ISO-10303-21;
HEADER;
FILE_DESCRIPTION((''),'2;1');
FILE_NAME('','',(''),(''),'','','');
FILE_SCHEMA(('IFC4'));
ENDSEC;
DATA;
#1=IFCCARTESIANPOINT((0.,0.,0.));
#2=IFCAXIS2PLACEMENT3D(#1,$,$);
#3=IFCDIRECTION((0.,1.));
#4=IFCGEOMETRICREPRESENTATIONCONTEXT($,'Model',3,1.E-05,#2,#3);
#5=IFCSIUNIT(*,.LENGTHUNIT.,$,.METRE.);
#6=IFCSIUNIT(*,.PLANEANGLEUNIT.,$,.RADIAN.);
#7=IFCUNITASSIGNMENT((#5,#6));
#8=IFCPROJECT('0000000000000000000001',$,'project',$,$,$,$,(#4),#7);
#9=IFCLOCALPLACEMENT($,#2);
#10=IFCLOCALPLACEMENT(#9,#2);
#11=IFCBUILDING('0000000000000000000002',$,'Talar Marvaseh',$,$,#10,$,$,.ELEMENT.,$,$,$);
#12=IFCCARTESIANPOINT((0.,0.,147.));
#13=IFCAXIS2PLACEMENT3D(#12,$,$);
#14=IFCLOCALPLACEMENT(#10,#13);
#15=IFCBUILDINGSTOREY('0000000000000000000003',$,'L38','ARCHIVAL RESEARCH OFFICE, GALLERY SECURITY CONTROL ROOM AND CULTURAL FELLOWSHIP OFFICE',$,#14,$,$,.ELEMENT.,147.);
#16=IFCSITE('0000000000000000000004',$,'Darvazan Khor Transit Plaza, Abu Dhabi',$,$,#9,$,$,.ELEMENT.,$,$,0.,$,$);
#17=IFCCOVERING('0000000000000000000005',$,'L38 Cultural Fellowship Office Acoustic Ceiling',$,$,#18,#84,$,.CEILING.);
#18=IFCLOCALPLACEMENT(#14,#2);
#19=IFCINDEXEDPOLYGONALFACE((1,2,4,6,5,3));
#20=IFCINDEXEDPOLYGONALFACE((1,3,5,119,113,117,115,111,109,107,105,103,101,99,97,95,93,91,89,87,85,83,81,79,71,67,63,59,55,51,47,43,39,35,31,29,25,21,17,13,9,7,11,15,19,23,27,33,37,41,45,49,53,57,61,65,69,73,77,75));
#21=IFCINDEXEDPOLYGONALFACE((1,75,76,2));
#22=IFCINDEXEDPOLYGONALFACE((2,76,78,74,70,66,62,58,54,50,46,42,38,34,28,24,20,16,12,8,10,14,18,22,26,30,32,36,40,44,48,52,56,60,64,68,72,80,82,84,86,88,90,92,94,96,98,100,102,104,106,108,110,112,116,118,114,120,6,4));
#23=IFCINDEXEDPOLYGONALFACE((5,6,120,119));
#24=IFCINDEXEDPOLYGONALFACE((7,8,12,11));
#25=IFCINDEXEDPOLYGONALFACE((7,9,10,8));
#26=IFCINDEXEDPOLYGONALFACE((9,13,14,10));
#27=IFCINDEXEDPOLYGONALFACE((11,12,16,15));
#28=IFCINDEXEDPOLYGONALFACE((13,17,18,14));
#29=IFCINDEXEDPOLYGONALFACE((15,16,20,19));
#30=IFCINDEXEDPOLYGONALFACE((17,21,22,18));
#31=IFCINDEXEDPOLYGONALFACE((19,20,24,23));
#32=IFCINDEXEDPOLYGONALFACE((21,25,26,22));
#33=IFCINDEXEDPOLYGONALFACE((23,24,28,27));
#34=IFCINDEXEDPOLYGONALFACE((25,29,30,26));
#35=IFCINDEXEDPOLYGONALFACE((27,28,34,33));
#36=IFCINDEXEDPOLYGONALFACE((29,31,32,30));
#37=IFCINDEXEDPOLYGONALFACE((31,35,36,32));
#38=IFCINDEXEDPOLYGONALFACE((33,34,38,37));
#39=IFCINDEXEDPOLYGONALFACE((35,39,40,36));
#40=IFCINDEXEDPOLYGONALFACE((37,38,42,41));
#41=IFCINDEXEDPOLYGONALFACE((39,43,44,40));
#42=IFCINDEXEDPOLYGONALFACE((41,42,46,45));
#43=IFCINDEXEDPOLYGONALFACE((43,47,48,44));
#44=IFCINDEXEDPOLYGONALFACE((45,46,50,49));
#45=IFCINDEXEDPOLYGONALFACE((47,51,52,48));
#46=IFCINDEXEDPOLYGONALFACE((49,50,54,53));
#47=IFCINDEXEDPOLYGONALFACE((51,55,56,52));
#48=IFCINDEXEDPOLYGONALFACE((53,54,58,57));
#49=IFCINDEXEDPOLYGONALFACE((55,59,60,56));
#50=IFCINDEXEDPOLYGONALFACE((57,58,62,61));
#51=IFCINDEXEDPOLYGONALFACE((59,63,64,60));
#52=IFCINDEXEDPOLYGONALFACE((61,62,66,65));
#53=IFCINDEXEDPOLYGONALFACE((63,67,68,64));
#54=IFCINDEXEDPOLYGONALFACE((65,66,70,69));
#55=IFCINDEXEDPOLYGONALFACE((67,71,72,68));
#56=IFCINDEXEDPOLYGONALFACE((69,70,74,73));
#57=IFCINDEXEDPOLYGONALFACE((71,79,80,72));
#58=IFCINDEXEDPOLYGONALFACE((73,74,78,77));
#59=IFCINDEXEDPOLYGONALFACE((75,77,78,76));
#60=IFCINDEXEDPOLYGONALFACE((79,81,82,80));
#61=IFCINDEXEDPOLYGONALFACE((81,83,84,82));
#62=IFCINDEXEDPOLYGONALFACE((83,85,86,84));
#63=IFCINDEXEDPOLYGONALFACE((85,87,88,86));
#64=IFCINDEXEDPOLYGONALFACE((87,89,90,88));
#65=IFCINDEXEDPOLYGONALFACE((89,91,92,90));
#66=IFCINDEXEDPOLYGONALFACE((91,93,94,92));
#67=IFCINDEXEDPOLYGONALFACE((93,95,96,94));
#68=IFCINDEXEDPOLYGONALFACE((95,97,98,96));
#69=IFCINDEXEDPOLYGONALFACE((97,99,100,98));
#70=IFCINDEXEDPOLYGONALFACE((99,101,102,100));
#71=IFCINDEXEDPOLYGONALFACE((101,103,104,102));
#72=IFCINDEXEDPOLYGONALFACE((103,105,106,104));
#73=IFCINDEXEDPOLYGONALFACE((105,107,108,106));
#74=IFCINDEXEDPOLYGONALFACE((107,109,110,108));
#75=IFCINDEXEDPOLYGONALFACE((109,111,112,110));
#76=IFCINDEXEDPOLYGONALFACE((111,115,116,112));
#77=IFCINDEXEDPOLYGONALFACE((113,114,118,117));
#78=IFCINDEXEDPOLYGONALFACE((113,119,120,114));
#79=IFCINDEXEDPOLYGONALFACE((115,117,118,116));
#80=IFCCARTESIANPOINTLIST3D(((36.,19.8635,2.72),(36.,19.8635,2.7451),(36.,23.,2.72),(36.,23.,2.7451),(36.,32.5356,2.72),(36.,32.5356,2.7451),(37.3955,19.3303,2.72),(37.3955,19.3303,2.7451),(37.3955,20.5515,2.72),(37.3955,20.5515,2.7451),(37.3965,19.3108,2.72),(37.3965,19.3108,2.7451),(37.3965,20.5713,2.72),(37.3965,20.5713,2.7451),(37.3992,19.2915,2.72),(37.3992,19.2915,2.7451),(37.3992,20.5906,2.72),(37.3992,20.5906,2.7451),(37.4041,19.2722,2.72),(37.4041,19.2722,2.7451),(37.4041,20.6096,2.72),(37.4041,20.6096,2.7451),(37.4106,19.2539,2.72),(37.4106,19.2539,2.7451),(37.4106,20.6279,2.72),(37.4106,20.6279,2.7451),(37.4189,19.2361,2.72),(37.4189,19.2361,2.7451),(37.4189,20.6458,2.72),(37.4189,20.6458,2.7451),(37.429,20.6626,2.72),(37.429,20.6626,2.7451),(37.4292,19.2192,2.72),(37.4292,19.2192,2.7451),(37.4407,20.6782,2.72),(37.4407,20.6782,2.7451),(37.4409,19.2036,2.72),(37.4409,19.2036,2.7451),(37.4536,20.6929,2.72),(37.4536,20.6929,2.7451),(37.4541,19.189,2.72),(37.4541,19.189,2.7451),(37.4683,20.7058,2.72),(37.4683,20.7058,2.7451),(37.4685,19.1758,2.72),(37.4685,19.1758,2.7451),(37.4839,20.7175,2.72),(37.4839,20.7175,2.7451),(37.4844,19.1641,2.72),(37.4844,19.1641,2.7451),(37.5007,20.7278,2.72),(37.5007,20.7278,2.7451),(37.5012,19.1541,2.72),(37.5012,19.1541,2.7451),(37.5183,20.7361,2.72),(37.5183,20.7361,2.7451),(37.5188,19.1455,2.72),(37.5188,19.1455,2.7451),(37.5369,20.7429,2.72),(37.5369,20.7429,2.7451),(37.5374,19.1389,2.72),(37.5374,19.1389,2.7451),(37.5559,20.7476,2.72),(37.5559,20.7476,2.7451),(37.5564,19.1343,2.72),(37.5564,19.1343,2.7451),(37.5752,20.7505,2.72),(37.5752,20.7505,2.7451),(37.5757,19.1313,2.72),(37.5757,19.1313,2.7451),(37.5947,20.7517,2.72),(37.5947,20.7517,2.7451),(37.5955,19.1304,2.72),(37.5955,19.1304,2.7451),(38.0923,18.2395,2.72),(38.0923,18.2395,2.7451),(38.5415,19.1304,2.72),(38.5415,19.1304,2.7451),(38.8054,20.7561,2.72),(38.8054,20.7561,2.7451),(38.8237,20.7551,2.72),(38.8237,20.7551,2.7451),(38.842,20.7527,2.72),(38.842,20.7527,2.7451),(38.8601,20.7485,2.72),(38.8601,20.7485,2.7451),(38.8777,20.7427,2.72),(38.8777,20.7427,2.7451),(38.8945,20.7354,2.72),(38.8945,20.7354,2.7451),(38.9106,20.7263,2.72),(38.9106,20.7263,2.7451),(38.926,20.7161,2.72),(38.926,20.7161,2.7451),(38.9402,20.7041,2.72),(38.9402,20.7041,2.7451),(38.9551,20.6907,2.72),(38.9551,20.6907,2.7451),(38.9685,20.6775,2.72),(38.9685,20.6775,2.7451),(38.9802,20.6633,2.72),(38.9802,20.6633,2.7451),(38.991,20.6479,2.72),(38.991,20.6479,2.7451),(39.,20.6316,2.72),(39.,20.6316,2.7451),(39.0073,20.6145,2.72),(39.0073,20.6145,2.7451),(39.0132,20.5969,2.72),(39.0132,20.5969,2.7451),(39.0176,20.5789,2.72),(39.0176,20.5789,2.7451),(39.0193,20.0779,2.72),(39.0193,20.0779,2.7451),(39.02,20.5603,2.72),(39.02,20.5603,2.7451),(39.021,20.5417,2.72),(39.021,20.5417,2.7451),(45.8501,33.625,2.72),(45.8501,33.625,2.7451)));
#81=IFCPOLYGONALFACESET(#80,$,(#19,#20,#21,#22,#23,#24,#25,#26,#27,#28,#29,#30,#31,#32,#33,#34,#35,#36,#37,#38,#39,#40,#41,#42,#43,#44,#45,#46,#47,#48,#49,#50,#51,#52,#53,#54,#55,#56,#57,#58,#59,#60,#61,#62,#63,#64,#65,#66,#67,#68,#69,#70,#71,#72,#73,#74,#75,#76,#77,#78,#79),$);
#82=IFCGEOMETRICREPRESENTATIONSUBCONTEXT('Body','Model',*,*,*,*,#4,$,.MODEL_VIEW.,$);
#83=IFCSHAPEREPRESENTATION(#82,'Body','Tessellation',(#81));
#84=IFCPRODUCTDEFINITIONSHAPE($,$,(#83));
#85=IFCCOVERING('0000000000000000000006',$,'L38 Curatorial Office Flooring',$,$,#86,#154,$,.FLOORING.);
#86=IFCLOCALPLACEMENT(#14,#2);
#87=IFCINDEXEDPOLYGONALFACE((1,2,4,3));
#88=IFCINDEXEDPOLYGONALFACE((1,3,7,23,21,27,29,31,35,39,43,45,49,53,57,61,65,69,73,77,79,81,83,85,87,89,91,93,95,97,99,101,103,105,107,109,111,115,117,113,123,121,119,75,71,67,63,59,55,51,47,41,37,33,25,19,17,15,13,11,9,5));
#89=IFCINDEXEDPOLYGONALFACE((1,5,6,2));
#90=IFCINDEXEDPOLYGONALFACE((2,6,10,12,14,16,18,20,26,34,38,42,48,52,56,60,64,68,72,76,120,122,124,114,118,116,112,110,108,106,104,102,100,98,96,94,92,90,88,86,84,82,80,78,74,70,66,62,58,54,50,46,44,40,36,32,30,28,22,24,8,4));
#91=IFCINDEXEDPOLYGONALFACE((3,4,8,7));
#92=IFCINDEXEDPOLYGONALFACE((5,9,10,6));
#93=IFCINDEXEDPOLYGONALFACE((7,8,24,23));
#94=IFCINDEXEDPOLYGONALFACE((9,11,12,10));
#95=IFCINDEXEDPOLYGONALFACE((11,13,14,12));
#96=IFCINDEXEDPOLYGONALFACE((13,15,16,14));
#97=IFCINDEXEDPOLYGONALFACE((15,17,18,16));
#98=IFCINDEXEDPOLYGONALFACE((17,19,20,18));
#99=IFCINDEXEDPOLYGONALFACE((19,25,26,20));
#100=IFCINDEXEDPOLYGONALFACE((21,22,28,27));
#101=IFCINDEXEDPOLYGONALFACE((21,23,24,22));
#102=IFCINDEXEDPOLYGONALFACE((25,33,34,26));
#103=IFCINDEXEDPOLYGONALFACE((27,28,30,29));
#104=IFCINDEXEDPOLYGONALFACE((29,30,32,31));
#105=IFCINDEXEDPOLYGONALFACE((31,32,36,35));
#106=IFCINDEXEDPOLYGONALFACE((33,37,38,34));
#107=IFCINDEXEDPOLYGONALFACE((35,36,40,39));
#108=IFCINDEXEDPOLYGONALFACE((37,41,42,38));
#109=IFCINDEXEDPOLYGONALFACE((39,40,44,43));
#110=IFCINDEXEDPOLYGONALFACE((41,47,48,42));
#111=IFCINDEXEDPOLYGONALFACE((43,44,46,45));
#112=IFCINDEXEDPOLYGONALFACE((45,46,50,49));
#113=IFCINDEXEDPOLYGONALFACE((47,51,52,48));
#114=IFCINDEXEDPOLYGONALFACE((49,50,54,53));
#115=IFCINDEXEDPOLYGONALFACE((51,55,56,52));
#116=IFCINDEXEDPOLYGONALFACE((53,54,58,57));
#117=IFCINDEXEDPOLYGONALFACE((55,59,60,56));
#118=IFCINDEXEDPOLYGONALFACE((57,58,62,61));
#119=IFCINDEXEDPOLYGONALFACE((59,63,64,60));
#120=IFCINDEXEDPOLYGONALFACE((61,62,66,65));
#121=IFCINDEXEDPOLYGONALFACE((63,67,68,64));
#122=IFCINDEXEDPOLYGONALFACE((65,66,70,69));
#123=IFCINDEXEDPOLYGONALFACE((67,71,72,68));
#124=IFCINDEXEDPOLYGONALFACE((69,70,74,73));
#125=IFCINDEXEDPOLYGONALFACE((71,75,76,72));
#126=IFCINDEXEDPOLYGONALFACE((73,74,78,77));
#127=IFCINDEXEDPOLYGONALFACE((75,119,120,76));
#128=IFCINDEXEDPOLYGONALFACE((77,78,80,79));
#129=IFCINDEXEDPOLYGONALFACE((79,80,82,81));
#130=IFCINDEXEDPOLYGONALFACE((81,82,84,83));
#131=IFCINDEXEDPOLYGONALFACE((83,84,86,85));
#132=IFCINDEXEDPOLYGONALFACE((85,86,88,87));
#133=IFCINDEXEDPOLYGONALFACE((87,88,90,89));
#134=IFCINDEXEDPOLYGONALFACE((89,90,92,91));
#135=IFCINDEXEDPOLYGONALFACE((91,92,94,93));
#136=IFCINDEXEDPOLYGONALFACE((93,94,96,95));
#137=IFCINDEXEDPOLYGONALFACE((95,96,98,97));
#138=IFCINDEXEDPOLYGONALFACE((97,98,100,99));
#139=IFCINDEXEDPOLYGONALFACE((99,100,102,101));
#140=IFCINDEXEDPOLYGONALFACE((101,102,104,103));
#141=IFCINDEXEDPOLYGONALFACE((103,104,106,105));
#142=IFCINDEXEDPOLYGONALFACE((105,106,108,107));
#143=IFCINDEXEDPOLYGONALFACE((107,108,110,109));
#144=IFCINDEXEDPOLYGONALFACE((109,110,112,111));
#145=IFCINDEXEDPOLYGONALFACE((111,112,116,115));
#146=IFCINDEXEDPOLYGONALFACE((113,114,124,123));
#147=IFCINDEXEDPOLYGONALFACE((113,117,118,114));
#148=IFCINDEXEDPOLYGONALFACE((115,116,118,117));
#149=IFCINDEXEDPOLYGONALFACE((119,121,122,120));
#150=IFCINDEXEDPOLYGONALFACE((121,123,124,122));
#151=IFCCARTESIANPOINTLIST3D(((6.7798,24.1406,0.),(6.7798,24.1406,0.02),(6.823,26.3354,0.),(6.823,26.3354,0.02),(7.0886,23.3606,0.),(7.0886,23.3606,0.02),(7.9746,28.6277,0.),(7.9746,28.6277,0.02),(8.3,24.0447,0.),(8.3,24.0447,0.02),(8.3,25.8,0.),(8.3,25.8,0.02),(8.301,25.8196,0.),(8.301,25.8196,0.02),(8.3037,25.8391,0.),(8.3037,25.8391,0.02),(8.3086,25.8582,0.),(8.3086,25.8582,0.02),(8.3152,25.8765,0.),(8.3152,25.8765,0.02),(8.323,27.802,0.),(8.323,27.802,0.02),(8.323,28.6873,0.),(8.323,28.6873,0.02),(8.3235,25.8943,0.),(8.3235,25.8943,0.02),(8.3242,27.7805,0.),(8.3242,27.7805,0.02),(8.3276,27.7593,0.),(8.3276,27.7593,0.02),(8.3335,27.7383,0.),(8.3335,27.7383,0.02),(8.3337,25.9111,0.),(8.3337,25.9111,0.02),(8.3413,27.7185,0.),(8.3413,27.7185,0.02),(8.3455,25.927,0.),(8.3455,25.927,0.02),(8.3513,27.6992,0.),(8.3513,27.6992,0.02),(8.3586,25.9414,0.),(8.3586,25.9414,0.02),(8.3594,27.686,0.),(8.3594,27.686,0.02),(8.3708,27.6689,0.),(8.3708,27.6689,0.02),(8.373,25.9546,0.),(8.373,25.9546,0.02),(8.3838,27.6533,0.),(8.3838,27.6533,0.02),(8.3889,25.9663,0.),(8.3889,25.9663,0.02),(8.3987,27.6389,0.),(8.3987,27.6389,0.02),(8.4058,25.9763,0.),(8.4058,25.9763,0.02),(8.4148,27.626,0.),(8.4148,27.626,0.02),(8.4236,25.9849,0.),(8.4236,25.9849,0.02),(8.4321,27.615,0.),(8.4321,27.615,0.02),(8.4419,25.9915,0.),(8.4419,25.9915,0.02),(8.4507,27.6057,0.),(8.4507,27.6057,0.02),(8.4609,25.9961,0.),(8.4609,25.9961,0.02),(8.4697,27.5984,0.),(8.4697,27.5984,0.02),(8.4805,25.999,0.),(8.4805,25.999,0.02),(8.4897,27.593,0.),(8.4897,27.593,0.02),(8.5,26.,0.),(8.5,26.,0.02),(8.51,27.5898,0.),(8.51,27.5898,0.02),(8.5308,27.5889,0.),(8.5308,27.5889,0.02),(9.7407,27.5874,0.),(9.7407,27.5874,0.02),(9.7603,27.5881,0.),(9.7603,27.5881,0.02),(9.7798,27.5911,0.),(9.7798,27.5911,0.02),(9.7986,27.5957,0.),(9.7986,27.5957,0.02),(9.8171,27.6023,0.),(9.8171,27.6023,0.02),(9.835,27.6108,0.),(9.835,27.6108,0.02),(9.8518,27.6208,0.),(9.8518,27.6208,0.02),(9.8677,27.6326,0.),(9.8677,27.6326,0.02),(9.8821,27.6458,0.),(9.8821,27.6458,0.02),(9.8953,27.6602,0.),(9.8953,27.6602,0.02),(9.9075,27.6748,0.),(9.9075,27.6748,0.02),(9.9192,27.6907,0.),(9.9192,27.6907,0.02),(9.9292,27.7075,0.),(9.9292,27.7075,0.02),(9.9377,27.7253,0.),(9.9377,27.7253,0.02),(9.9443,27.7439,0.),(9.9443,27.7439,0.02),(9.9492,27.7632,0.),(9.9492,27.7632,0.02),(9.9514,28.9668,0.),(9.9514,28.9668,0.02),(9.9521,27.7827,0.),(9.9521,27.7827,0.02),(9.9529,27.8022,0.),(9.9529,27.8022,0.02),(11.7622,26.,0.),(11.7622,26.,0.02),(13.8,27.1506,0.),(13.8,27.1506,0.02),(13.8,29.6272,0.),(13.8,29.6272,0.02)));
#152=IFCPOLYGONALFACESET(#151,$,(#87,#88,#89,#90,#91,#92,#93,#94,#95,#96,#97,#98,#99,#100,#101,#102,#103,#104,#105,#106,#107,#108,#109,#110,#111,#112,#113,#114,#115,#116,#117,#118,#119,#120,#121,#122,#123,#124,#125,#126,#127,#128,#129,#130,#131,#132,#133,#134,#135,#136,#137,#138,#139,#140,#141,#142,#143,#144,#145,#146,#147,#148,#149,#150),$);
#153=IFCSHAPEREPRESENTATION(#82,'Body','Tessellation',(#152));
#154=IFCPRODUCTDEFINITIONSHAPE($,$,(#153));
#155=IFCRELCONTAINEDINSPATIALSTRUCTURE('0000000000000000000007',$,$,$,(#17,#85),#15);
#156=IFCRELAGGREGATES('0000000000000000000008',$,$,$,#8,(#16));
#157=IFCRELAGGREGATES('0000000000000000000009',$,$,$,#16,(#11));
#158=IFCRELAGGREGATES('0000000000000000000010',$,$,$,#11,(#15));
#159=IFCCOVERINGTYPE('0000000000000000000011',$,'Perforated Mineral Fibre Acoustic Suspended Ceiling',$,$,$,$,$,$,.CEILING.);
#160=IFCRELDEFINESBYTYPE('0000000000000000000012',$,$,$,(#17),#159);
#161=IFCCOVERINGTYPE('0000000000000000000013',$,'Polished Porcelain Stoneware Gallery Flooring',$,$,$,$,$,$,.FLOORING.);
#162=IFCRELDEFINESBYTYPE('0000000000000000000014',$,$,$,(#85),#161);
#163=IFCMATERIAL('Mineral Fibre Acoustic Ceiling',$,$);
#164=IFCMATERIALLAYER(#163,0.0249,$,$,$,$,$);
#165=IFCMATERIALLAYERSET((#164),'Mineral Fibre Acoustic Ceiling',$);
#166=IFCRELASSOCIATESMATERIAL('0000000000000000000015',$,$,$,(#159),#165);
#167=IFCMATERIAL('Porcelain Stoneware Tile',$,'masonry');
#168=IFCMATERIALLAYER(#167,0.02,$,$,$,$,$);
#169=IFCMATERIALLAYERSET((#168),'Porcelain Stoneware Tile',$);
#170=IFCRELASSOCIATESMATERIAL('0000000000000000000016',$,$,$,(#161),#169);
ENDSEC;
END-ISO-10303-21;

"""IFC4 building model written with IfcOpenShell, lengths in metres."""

from ifc_helpers import new_model, si_unit, direction, frame, origin, place, context, subcontext, project, spatial, polyline, outline, extrude, material, layer, layer_set, type_object, element, save


model = new_model("IFC4")

# Units and contexts
model_context = context("Model", 3, precision=1e-05, world=origin(), true_north=direction((0.0, 1.0)))
body_context = subcontext(model_context, "Body", "Model", "MODEL_VIEW")
ifc_project = project(units=[si_unit("LENGTHUNIT", "METRE"), si_unit("PLANEANGLEUNIT", "RADIAN")], contexts=[model_context])

# Site, building, storey
site_placement = place(None, origin())
site = spatial("IfcSite", under=ifc_project, at=site_placement, Name="Darvazan Khor Transit Plaza, Abu Dhabi", CompositionType="ELEMENT", RefElevation=0.0)
building_placement = place(site_placement, origin())
building = spatial("IfcBuilding", under=site, at=building_placement, Name="Talar Marvaseh", CompositionType="ELEMENT")
storey_placement = place(building_placement, frame((0.0, 0.0, 147.0)))
storey = spatial("IfcBuildingStorey", under=building, at=storey_placement, Name="L38", Description="ARCHIVAL RESEARCH OFFICE, GALLERY SECURITY CONTROL ROOM AND CULTURAL FELLOWSHIP OFFICE", CompositionType="ELEMENT", Elevation=147.0)

# Coverings
ifc_material_1 = material(Name="Mineral Fibre Acoustic Ceiling")
ifc_layer_1 = layer(ifc_material_1, 0.0249)
ifc_layer_set_1 = layer_set([ifc_layer_1], Name="Mineral Fibre Acoustic Ceiling")
covering_type_1 = type_object("IfcCoveringType", Name="Perforated Mineral Fibre Acoustic Suspended Ceiling", PredefinedType="CEILING", material=ifc_layer_set_1)
covering_1_placement = place(storey_placement, frame((0.0, 0.0, 2.72)))
element("IfcCovering", 1, at=covering_1_placement, inside=storey, type_object=covering_type_1, Name="L38 Cultural Fellowship Office Acoustic Ceiling", PredefinedType="CEILING", context=body_context, shape_type="SweptSolid", body=[
    extrude(outline(polyline([(45.8501, 33.625), (39.0193, 20.0779), (39.021, 20.5417), (39.02, 20.5603), (39.0176, 20.5789), (39.0132, 20.5969), (39.0073, 20.6145), (39.0, 20.6316), (38.991, 20.6479), (38.9802, 20.6633), (38.9685, 20.6775), (38.9551, 20.6907), (38.9402, 20.7041), (38.926, 20.7161), (38.9106, 20.7263), (38.8945, 20.7354), (38.8777, 20.7427), (38.8601, 20.7485), (38.842, 20.7527), (38.8237, 20.7551), (38.8054, 20.7561), (37.5947, 20.7517), (37.5752, 20.7505), (37.5559, 20.7476), (37.5369, 20.7429), (37.5183, 20.7361), (37.5007, 20.7278), (37.4839, 20.7175), (37.4683, 20.7058), (37.4536, 20.6929), (37.4407, 20.6782), (37.429, 20.6626), (37.4189, 20.6458), (37.4106, 20.6279), (37.4041, 20.6096), (37.3992, 20.5906), (37.3965, 20.5713), (37.3955, 20.5515), (37.3955, 19.3303), (37.3965, 19.3108), (37.3992, 19.2915), (37.4041, 19.2722), (37.4106, 19.2539), (37.4189, 19.2361), (37.4292, 19.2192), (37.4409, 19.2036), (37.4541, 19.189), (37.4685, 19.1758), (37.4844, 19.1641), (37.5012, 19.1541), (37.5188, 19.1455), (37.5374, 19.1389), (37.5564, 19.1343), (37.5757, 19.1313), (37.5955, 19.1304), (38.5415, 19.1304), (38.0923, 18.2395), (36.0, 19.8635), (36.0, 23.0), (36.0, 32.5356), (45.8501, 33.625)])), origin(), (0.0, 0.0, 1.0), 0.0251),
])
ifc_material_2 = material(Name="Porcelain Stoneware Tile", Category="masonry")
ifc_layer_2 = layer(ifc_material_2, 0.02)
ifc_layer_set_2 = layer_set([ifc_layer_2], Name="Porcelain Stoneware Tile")
covering_type_2 = type_object("IfcCoveringType", Name="Polished Porcelain Stoneware Gallery Flooring", PredefinedType="FLOORING", material=ifc_layer_set_2)
covering_2_placement = place(storey_placement, origin())
element("IfcCovering", 2, at=covering_2_placement, inside=storey, type_object=covering_type_2, Name="L38 Curatorial Office Flooring", PredefinedType="FLOORING", context=body_context, shape_type="SweptSolid", body=[
    extrude(outline(polyline([(8.323, 28.6873), (8.323, 27.802), (8.3242, 27.7805), (8.3276, 27.7593), (8.3335, 27.7383), (8.3413, 27.7185), (8.3513, 27.6992), (8.3594, 27.686), (8.3708, 27.6689), (8.3838, 27.6533), (8.3987, 27.6389), (8.4148, 27.626), (8.4321, 27.615), (8.4507, 27.6057), (8.4697, 27.5984), (8.4897, 27.593), (8.51, 27.5898), (8.5308, 27.5889), (9.7407, 27.5874), (9.7603, 27.5881), (9.7798, 27.5911), (9.7986, 27.5957), (9.8171, 27.6023), (9.835, 27.6108), (9.8518, 27.6208), (9.8677, 27.6326), (9.8821, 27.6458), (9.8953, 27.6602), (9.9075, 27.6748), (9.9192, 27.6907), (9.9292, 27.7075), (9.9377, 27.7253), (9.9443, 27.7439), (9.9492, 27.7632), (9.9521, 27.7827), (9.9529, 27.8022), (9.9514, 28.9668), (13.8, 29.6272), (13.8, 27.1506), (11.7622, 26.0), (8.5, 26.0), (8.4805, 25.999), (8.4609, 25.9961), (8.4419, 25.9915), (8.4236, 25.9849), (8.4058, 25.9763), (8.3889, 25.9663), (8.373, 25.9546), (8.3586, 25.9414), (8.3455, 25.927), (8.3337, 25.9111), (8.3235, 25.8943), (8.3152, 25.8765), (8.3086, 25.8582), (8.3037, 25.8391), (8.301, 25.8196), (8.3, 25.8), (8.3, 24.0447), (7.0886, 23.3606), (6.7798, 24.1406), (6.823, 26.3354), (7.9746, 28.6277), (8.323, 28.6873)])), origin(), (0.0, 0.0, 1.0), 0.02),
])

save(model, "model.ifc")
